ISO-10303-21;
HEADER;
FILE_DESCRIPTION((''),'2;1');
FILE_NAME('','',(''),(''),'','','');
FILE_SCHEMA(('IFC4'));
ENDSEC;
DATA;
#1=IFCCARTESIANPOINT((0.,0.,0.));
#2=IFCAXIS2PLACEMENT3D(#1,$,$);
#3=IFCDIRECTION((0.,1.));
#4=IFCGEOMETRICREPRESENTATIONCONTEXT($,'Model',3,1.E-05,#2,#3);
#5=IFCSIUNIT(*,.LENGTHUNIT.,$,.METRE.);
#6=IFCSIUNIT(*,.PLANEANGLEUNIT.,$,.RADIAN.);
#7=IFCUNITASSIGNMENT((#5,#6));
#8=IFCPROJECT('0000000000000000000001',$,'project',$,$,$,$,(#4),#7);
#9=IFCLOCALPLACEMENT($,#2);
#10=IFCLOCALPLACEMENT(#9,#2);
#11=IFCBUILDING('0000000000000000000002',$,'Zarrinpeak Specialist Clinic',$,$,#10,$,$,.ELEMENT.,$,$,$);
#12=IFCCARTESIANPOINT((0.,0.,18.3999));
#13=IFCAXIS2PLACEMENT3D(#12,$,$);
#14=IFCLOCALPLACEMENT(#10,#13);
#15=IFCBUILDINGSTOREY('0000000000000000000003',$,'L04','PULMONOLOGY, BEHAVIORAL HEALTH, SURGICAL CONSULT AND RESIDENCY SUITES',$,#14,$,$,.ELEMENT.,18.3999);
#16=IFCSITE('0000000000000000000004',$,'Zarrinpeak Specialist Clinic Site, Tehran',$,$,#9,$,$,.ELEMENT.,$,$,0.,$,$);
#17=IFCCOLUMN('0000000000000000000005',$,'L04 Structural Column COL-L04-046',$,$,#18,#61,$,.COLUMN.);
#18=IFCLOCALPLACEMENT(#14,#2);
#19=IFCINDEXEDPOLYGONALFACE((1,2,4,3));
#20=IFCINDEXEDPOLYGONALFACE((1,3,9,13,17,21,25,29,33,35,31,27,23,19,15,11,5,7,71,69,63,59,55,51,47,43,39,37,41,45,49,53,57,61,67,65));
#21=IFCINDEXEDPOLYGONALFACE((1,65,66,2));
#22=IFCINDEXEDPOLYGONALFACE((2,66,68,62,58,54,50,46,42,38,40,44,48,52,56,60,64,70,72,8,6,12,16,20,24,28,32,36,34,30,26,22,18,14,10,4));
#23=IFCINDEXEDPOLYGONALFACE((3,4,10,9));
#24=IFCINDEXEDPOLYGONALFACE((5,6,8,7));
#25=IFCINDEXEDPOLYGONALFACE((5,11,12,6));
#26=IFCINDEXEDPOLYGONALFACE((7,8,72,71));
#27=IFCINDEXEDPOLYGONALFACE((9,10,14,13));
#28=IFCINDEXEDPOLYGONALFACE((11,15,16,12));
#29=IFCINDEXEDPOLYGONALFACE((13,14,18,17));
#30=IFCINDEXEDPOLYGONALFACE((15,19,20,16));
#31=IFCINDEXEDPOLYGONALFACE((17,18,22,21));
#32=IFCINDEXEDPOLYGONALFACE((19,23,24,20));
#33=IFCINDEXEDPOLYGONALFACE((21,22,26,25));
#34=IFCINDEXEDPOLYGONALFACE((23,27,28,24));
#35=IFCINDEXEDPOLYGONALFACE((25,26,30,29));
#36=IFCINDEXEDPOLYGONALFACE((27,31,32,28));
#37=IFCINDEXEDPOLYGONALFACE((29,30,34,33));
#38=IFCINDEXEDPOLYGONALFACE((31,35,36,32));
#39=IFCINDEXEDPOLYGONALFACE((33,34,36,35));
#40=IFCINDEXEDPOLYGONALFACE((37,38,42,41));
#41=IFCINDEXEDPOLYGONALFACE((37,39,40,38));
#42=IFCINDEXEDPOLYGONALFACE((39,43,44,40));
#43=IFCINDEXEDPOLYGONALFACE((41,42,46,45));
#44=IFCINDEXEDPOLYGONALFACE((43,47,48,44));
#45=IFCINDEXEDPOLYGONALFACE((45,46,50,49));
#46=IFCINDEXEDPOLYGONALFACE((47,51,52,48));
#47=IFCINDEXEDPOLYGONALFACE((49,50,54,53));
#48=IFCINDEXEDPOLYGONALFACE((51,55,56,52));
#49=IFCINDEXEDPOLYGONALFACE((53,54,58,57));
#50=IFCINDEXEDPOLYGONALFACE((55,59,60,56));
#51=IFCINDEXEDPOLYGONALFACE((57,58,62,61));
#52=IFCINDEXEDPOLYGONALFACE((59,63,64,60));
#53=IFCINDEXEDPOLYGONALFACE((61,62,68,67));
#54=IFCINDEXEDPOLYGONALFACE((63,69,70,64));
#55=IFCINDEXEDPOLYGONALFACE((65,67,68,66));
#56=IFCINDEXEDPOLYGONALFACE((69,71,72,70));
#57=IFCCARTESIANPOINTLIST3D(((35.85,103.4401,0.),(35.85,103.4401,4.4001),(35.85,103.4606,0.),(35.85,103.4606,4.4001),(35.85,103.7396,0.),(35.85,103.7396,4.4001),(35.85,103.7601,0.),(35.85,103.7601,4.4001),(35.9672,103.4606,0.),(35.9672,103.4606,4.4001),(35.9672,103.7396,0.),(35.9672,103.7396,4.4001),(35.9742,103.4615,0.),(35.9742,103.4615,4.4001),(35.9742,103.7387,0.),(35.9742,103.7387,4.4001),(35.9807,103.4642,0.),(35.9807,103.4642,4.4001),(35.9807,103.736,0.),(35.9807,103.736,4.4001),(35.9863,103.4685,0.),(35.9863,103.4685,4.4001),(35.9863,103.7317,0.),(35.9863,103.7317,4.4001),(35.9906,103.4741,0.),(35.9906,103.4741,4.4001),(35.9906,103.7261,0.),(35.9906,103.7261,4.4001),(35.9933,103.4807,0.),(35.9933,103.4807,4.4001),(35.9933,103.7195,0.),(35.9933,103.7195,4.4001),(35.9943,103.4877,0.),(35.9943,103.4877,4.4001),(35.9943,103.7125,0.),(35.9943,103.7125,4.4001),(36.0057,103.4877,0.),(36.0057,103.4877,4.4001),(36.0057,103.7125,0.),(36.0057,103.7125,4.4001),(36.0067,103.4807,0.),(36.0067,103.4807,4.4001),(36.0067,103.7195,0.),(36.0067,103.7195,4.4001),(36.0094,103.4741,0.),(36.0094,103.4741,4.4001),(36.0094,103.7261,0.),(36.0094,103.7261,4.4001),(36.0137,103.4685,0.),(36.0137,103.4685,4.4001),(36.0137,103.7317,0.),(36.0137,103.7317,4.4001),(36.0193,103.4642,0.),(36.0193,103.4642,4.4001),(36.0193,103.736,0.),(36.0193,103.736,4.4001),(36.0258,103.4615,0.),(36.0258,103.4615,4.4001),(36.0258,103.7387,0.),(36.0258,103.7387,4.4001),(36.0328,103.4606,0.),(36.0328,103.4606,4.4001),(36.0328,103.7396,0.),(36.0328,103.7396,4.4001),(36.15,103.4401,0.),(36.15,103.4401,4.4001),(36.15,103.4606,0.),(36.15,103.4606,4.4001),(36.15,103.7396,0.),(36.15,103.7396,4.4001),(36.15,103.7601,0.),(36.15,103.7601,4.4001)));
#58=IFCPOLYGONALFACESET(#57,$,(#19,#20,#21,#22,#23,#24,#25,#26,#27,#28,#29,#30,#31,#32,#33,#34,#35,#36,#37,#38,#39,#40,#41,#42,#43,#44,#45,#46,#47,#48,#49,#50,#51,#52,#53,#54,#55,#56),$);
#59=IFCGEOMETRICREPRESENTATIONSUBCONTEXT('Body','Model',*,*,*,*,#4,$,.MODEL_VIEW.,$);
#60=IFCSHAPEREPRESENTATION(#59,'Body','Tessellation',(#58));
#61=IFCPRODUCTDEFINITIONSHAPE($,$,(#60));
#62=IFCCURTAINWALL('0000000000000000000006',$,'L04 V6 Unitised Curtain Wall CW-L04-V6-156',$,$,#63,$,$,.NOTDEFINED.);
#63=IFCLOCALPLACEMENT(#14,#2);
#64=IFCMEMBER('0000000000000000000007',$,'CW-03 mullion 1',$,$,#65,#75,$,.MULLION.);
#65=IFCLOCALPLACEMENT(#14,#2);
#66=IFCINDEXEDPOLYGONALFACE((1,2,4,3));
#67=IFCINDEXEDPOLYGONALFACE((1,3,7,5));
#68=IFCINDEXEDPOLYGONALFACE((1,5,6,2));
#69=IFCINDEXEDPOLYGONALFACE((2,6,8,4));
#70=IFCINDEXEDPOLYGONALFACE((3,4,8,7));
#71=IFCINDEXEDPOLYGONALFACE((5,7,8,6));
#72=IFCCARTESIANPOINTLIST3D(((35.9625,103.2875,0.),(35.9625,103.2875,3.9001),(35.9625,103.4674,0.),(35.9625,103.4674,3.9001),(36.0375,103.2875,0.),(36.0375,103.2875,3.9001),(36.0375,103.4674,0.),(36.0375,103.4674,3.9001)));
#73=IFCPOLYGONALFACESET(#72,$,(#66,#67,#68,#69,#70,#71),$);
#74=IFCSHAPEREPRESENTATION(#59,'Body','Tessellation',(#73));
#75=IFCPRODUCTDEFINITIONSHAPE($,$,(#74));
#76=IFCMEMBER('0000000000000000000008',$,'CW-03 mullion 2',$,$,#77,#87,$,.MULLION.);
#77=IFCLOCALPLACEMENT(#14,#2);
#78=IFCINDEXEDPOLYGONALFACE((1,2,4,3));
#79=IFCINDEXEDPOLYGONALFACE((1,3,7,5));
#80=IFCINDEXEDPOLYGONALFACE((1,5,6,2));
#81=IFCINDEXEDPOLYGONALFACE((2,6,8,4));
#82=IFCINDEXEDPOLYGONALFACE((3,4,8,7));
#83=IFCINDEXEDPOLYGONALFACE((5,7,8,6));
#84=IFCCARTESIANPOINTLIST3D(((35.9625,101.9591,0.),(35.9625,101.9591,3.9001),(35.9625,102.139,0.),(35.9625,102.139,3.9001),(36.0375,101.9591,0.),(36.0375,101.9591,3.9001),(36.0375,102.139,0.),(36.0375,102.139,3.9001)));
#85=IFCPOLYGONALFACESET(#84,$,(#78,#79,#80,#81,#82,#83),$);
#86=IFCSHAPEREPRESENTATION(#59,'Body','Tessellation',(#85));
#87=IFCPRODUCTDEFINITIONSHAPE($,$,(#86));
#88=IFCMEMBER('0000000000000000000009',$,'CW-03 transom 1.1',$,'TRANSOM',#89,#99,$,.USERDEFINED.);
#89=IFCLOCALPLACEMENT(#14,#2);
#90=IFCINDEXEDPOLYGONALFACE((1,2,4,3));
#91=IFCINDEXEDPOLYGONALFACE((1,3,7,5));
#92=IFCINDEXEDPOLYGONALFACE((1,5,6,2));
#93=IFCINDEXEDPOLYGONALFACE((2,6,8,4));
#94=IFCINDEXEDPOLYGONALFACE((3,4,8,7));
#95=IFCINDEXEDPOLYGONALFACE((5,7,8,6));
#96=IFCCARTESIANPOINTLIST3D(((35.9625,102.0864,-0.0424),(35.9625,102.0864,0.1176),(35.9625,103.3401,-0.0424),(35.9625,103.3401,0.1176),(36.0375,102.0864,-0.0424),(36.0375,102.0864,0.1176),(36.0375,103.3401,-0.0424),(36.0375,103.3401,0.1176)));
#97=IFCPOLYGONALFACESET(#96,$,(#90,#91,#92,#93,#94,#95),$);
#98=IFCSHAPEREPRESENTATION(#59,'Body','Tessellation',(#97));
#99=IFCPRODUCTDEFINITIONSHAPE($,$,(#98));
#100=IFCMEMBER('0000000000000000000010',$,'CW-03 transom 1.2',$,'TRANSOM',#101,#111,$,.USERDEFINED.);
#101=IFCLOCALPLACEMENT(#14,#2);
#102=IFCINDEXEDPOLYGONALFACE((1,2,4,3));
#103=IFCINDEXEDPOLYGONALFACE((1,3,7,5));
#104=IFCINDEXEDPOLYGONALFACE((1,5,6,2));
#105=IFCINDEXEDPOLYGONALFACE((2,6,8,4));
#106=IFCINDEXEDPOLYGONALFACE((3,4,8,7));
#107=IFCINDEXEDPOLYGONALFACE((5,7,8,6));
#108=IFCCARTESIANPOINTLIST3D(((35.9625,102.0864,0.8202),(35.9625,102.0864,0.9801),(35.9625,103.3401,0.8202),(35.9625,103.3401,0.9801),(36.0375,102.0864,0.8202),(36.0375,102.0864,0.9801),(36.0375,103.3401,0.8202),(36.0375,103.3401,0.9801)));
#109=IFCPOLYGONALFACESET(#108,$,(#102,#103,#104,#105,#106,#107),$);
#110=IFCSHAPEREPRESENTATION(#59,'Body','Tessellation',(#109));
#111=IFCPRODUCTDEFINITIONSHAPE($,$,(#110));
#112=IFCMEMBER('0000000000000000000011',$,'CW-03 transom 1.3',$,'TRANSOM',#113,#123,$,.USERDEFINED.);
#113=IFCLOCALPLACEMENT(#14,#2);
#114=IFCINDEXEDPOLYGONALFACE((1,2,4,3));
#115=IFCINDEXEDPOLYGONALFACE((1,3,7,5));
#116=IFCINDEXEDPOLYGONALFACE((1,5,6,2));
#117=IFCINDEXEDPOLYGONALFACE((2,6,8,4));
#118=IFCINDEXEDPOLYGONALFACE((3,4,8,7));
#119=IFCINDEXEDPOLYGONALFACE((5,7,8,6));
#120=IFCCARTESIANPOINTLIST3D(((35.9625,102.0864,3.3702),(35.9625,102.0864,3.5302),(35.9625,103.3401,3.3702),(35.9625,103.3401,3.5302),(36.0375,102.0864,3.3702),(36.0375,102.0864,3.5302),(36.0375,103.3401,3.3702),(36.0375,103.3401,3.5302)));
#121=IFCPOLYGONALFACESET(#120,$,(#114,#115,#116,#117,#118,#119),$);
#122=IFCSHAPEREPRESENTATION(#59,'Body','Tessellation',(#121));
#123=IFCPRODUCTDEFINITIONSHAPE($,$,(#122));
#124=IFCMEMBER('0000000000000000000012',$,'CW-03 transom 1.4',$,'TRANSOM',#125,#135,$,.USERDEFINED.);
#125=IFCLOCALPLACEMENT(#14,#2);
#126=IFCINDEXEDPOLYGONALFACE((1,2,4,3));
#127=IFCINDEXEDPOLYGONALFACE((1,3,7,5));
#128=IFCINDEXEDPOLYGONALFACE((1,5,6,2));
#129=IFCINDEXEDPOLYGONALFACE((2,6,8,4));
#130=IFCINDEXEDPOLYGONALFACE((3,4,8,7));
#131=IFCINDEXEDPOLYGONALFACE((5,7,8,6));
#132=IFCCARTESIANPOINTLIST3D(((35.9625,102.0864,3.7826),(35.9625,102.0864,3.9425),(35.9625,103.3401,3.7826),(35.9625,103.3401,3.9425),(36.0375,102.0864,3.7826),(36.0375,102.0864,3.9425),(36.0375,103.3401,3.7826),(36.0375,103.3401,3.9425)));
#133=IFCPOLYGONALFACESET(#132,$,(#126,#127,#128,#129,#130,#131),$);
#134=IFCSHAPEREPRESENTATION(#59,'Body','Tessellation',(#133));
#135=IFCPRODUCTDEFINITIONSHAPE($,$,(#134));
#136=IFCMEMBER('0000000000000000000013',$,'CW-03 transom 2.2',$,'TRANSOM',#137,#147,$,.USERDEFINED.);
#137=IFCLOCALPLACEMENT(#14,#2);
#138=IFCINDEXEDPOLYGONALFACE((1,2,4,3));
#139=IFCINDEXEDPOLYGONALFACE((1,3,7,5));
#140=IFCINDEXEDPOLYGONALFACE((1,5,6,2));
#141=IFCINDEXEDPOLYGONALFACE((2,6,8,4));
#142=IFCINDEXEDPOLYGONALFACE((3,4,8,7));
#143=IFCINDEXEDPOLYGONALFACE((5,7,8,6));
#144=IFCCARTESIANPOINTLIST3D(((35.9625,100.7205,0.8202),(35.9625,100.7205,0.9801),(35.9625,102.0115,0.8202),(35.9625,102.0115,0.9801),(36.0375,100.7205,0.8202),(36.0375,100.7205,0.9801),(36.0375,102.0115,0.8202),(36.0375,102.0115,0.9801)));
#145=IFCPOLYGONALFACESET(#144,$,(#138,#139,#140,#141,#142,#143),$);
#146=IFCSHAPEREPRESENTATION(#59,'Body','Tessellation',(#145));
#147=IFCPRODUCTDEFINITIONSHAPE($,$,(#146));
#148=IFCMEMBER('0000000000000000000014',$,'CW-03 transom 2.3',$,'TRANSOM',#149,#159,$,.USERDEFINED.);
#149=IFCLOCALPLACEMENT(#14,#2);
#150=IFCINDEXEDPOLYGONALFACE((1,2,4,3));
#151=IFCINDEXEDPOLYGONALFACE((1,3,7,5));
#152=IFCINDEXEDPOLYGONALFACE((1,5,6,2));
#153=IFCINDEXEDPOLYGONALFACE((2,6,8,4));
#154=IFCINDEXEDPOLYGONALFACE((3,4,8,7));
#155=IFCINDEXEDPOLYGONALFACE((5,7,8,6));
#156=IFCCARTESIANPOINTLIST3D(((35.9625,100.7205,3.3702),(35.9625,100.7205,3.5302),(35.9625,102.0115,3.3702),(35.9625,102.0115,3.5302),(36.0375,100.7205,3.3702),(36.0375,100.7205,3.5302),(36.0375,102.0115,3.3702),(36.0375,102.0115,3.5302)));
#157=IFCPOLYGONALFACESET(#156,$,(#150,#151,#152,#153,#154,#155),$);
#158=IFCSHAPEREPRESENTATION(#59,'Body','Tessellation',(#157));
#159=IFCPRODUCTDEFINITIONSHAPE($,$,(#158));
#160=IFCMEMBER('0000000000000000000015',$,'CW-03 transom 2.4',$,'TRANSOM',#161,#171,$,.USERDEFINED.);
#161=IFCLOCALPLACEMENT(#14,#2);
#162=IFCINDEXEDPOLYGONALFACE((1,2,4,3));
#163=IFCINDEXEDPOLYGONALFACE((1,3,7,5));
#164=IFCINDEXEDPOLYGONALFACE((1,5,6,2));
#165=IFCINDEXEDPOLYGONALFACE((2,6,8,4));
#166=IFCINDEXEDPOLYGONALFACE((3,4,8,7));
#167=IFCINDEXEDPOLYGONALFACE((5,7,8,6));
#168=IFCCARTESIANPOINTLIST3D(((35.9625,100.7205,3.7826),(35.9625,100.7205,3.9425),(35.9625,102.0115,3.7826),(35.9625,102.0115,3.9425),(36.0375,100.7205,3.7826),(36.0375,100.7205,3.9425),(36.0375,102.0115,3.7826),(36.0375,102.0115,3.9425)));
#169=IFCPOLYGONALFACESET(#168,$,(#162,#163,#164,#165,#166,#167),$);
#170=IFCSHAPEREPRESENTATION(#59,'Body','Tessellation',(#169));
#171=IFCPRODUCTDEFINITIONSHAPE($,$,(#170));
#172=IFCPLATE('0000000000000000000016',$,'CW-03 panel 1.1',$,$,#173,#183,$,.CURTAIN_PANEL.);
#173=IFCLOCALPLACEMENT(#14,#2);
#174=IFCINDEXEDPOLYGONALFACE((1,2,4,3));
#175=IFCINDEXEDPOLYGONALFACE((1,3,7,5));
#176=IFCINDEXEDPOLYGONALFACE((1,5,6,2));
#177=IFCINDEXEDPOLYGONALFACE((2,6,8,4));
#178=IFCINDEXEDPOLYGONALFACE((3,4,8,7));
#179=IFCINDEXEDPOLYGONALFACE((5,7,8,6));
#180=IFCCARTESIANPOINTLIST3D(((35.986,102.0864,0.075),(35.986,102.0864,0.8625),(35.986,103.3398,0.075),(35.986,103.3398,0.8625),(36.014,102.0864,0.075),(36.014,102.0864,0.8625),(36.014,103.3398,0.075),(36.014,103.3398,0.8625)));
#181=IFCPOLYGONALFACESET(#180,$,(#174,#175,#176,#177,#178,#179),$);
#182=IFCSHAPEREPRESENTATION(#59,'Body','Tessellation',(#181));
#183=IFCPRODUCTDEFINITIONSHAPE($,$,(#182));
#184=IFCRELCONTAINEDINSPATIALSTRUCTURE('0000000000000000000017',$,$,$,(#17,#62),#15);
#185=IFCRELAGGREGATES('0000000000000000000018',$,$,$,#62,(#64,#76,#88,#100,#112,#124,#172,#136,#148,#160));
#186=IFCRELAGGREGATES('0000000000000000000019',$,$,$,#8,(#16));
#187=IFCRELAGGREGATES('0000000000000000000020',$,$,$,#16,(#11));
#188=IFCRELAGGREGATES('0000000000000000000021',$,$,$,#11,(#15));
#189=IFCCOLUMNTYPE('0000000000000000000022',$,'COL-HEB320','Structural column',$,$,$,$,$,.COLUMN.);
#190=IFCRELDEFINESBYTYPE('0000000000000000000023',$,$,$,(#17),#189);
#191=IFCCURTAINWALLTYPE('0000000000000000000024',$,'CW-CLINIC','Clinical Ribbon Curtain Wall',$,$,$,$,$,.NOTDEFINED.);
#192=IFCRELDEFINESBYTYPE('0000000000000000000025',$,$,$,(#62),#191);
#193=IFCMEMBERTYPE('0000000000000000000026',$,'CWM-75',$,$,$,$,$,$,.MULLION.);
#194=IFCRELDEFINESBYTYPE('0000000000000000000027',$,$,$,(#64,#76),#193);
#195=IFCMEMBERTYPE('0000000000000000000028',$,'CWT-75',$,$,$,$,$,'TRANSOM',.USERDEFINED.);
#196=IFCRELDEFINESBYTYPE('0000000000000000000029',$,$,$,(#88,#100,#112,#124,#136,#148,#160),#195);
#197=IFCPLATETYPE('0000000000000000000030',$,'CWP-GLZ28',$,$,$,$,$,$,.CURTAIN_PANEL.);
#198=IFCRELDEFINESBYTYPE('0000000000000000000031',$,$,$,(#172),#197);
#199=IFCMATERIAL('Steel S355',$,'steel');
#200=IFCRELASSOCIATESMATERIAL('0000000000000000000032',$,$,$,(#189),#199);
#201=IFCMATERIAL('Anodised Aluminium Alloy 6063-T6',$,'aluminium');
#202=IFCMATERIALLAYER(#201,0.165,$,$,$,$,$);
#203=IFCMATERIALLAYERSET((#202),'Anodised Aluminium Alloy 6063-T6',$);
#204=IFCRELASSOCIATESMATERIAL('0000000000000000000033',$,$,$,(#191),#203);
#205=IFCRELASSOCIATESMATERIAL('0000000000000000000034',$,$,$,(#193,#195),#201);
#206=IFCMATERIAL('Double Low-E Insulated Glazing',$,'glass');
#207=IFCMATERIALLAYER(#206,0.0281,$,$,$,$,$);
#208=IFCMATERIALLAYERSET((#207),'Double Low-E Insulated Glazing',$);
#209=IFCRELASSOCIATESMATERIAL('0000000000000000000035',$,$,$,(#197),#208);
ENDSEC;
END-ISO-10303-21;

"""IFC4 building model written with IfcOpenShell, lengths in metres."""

from ifc_helpers import new_model, si_unit, direction, frame, origin, origin_2d, place, context, subcontext, project, spatial, rectangle, i_section, extrude, material, layer, layer_set, material_profile, profile_set, type_object, element, aggregate, save


model = new_model("IFC4")

# Units and contexts
model_context = context("Model", 3, precision=1e-05, world=origin(), true_north=direction((0.0, 1.0)))
body_context = subcontext(model_context, "Body", "Model", "MODEL_VIEW")
ifc_project = project(units=[si_unit("LENGTHUNIT", "METRE"), si_unit("PLANEANGLEUNIT", "RADIAN")], contexts=[model_context])

# Site, building, storey
site_placement = place(None, origin())
site = spatial("IfcSite", under=ifc_project, at=site_placement, Name="Zarrinpeak Specialist Clinic Site, Tehran", CompositionType="ELEMENT", RefElevation=0.0)
building_placement = place(site_placement, origin())
building = spatial("IfcBuilding", under=site, at=building_placement, Name="Zarrinpeak Specialist Clinic", CompositionType="ELEMENT")
storey_placement = place(building_placement, frame((0.0, 0.0, 18.3999)))
storey = spatial("IfcBuildingStorey", under=building, at=storey_placement, Name="L04", Description="PULMONOLOGY, BEHAVIORAL HEALTH, SURGICAL CONSULT AND RESIDENCY SUITES", CompositionType="ELEMENT", Elevation=18.3999)

# Column
ifc_material_1 = material(Name="Steel S355", Category="steel")
ifc_material_profile_1 = material_profile(ifc_material_1, i_section(OverallWidth=0.3, OverallDepth=0.3201, WebThickness=0.0115, FlangeThickness=0.0205, FilletRadius=0.0271, at=origin_2d()), Name="HEB 320")
ifc_profile_set_1 = profile_set([ifc_material_profile_1], Name="Steel S355")
column_type = type_object("IfcColumnType", Name="COL-HEB320", Description="Structural column", PredefinedType="COLUMN", material=ifc_profile_set_1)
column_placement = place(storey_placement, frame((36.0, 103.6001, 0.0), z_axis=(0.0, 0.0, 1.0), x_axis=(1.0, 0.0, 0.0)))
element("IfcColumn", 1, at=column_placement, inside=storey, type_object=column_type, Name="L04 Structural Column COL-L04-046", PredefinedType="COLUMN", context=body_context, shape_type="SweptSolid", body=[
    extrude(i_section(OverallWidth=0.3, OverallDepth=0.3201, WebThickness=0.0115, FlangeThickness=0.0205, FilletRadius=0.0271, at=origin_2d()), origin(), (0.0, 0.0, 1.0), 4.4001),
])

# Curtain wall, members, plate
ifc_material_2 = material(Name="Anodised Aluminium Alloy 6063-T6", Category="aluminium")
ifc_layer_1 = layer(ifc_material_2, 0.165)
ifc_layer_set_1 = layer_set([ifc_layer_1], Name="Anodised Aluminium Alloy 6063-T6")
curtain_wall_type = type_object("IfcCurtainWallType", Name="CW-CLINIC", Description="Clinical Ribbon Curtain Wall", PredefinedType="NOTDEFINED", material=ifc_layer_set_1)
curtain_wall_placement = place(storey_placement, origin())
curtain_wall = element("IfcCurtainWall", 2, at=curtain_wall_placement, inside=storey, type_object=curtain_wall_type, Name="L04 V6 Unitised Curtain Wall CW-L04-V6-156", PredefinedType="NOTDEFINED")
ifc_material_profile_2 = material_profile(ifc_material_2, rectangle(XDim=0.075, YDim=0.1799, at=origin_2d()), Name="ALU 75x180")
ifc_profile_set_2 = profile_set([ifc_material_profile_2], Name="Anodised Aluminium Alloy 6063-T6")
member_type_1 = type_object("IfcMemberType", Name="CWM-75", PredefinedType="MULLION", material=ifc_profile_set_2)
member_1_placement = place(storey_placement, frame((36.0, 103.3774, 0.0), z_axis=(0.0, 0.0, 1.0), x_axis=(1.0, 0.0, 0.0)))
member_1 = element("IfcMember", 3, at=member_1_placement, type_object=member_type_1, Name="CW-03 mullion 1", PredefinedType="MULLION", context=body_context, shape_type="SweptSolid", body=[
    extrude(rectangle(XDim=0.075, YDim=0.1799, at=origin_2d()), origin(), (0.0, 0.0, 1.0), 3.9001),
])
member_2_placement = place(storey_placement, frame((36.0, 102.0491, 0.0), z_axis=(0.0, 0.0, 1.0), x_axis=(1.0, 0.0, 0.0)))
member_2 = element("IfcMember", 4, at=member_2_placement, type_object=member_type_1, Name="CW-03 mullion 2", PredefinedType="MULLION", context=body_context, shape_type="SweptSolid", body=[
    extrude(rectangle(XDim=0.075, YDim=0.1799, at=origin_2d()), origin(), (0.0, 0.0, 1.0), 3.9001),
])
ifc_material_profile_3 = material_profile(ifc_material_2, rectangle(XDim=0.075, YDim=0.1599, at=origin_2d()), Name="ALU 75x160")
ifc_profile_set_3 = profile_set([ifc_material_profile_3], Name="Anodised Aluminium Alloy 6063-T6")
member_type_2 = type_object("IfcMemberType", Name="CWT-75", ElementType="TRANSOM", PredefinedType="USERDEFINED", material=ifc_profile_set_3)
member_3_placement = place(storey_placement, frame((36.0, 103.3401, 0.0376), z_axis=(0.0, -1.0, 0.0), x_axis=(1.0, 0.0, 0.0)))
member_3 = element("IfcMember", 5, at=member_3_placement, type_object=member_type_2, Name="CW-03 transom 1.1", ObjectType="TRANSOM", PredefinedType="USERDEFINED", context=body_context, shape_type="SweptSolid", body=[
    extrude(rectangle(XDim=0.075, YDim=0.1599, at=origin_2d()), origin(), (0.0, 0.0, 1.0), 1.2537),
])
member_4_placement = place(storey_placement, frame((36.0, 103.3401, 0.9001), z_axis=(0.0, -1.0, 0.0), x_axis=(1.0, 0.0, 0.0)))
member_4 = element("IfcMember", 6, at=member_4_placement, type_object=member_type_2, Name="CW-03 transom 1.2", ObjectType="TRANSOM", PredefinedType="USERDEFINED", context=body_context, shape_type="SweptSolid", body=[
    extrude(rectangle(XDim=0.075, YDim=0.1599, at=origin_2d()), origin(), (0.0, 0.0, 1.0), 1.2537),
])
member_5_placement = place(storey_placement, frame((36.0, 103.3401, 3.4502), z_axis=(0.0, -1.0, 0.0), x_axis=(1.0, 0.0, 0.0)))
member_5 = element("IfcMember", 7, at=member_5_placement, type_object=member_type_2, Name="CW-03 transom 1.3", ObjectType="TRANSOM", PredefinedType="USERDEFINED", context=body_context, shape_type="SweptSolid", body=[
    extrude(rectangle(XDim=0.075, YDim=0.1599, at=origin_2d()), origin(), (0.0, 0.0, 1.0), 1.2537),
])
member_6_placement = place(storey_placement, frame((36.0, 103.3401, 3.8625), z_axis=(0.0, -1.0, 0.0), x_axis=(1.0, 0.0, 0.0)))
member_6 = element("IfcMember", 8, at=member_6_placement, type_object=member_type_2, Name="CW-03 transom 1.4", ObjectType="TRANSOM", PredefinedType="USERDEFINED", context=body_context, shape_type="SweptSolid", body=[
    extrude(rectangle(XDim=0.075, YDim=0.1599, at=origin_2d()), origin(), (0.0, 0.0, 1.0), 1.2537),
])
member_7_placement = place(storey_placement, frame((36.0, 102.0115, 0.9001), z_axis=(0.0, -1.0, 0.0), x_axis=(1.0, 0.0, 0.0)))
member_7 = element("IfcMember", 9, at=member_7_placement, type_object=member_type_2, Name="CW-03 transom 2.2", ObjectType="TRANSOM", PredefinedType="USERDEFINED", context=body_context, shape_type="SweptSolid", body=[
    extrude(rectangle(XDim=0.075, YDim=0.1599, at=origin_2d()), origin(), (0.0, 0.0, 1.0), 1.291),
])
member_8_placement = place(storey_placement, frame((36.0, 102.0115, 3.4502), z_axis=(0.0, -1.0, 0.0), x_axis=(1.0, 0.0, 0.0)))
member_8 = element("IfcMember", 10, at=member_8_placement, type_object=member_type_2, Name="CW-03 transom 2.3", ObjectType="TRANSOM", PredefinedType="USERDEFINED", context=body_context, shape_type="SweptSolid", body=[
    extrude(rectangle(XDim=0.075, YDim=0.1599, at=origin_2d()), origin(), (0.0, 0.0, 1.0), 1.291),
])
member_9_placement = place(storey_placement, frame((36.0, 102.0115, 3.8625), z_axis=(0.0, -1.0, 0.0), x_axis=(1.0, 0.0, 0.0)))
member_9 = element("IfcMember", 11, at=member_9_placement, type_object=member_type_2, Name="CW-03 transom 2.4", ObjectType="TRANSOM", PredefinedType="USERDEFINED", context=body_context, shape_type="SweptSolid", body=[
    extrude(rectangle(XDim=0.075, YDim=0.1599, at=origin_2d()), origin(), (0.0, 0.0, 1.0), 1.291),
])
ifc_material_3 = material(Name="Double Low-E Insulated Glazing", Category="glass")
ifc_layer_2 = layer(ifc_material_3, 0.0281)
ifc_layer_set_2 = layer_set([ifc_layer_2], Name="Double Low-E Insulated Glazing")
plate_type = type_object("IfcPlateType", Name="CWP-GLZ28", PredefinedType="CURTAIN_PANEL", material=ifc_layer_set_2)
plate_1_placement = place(storey_placement, frame((36.0, 102.7131, 0.075), z_axis=(0.0, 0.0, 1.0), x_axis=(0.0, -1.0, 0.0)))
plate_1 = element("IfcPlate", 12, at=plate_1_placement, type_object=plate_type, Name="CW-03 panel 1.1", PredefinedType="CURTAIN_PANEL", context=body_context, shape_type="SweptSolid", body=[
    extrude(rectangle(XDim=1.2534, YDim=0.0281, at=origin_2d()), origin(), (0.0, 0.0, 1.0), 0.7876),
])
aggregate(curtain_wall, [member_1, member_2, member_3, member_4, member_5, member_6, plate_1, member_7, member_8, member_9])

save(model, "model.ifc")
